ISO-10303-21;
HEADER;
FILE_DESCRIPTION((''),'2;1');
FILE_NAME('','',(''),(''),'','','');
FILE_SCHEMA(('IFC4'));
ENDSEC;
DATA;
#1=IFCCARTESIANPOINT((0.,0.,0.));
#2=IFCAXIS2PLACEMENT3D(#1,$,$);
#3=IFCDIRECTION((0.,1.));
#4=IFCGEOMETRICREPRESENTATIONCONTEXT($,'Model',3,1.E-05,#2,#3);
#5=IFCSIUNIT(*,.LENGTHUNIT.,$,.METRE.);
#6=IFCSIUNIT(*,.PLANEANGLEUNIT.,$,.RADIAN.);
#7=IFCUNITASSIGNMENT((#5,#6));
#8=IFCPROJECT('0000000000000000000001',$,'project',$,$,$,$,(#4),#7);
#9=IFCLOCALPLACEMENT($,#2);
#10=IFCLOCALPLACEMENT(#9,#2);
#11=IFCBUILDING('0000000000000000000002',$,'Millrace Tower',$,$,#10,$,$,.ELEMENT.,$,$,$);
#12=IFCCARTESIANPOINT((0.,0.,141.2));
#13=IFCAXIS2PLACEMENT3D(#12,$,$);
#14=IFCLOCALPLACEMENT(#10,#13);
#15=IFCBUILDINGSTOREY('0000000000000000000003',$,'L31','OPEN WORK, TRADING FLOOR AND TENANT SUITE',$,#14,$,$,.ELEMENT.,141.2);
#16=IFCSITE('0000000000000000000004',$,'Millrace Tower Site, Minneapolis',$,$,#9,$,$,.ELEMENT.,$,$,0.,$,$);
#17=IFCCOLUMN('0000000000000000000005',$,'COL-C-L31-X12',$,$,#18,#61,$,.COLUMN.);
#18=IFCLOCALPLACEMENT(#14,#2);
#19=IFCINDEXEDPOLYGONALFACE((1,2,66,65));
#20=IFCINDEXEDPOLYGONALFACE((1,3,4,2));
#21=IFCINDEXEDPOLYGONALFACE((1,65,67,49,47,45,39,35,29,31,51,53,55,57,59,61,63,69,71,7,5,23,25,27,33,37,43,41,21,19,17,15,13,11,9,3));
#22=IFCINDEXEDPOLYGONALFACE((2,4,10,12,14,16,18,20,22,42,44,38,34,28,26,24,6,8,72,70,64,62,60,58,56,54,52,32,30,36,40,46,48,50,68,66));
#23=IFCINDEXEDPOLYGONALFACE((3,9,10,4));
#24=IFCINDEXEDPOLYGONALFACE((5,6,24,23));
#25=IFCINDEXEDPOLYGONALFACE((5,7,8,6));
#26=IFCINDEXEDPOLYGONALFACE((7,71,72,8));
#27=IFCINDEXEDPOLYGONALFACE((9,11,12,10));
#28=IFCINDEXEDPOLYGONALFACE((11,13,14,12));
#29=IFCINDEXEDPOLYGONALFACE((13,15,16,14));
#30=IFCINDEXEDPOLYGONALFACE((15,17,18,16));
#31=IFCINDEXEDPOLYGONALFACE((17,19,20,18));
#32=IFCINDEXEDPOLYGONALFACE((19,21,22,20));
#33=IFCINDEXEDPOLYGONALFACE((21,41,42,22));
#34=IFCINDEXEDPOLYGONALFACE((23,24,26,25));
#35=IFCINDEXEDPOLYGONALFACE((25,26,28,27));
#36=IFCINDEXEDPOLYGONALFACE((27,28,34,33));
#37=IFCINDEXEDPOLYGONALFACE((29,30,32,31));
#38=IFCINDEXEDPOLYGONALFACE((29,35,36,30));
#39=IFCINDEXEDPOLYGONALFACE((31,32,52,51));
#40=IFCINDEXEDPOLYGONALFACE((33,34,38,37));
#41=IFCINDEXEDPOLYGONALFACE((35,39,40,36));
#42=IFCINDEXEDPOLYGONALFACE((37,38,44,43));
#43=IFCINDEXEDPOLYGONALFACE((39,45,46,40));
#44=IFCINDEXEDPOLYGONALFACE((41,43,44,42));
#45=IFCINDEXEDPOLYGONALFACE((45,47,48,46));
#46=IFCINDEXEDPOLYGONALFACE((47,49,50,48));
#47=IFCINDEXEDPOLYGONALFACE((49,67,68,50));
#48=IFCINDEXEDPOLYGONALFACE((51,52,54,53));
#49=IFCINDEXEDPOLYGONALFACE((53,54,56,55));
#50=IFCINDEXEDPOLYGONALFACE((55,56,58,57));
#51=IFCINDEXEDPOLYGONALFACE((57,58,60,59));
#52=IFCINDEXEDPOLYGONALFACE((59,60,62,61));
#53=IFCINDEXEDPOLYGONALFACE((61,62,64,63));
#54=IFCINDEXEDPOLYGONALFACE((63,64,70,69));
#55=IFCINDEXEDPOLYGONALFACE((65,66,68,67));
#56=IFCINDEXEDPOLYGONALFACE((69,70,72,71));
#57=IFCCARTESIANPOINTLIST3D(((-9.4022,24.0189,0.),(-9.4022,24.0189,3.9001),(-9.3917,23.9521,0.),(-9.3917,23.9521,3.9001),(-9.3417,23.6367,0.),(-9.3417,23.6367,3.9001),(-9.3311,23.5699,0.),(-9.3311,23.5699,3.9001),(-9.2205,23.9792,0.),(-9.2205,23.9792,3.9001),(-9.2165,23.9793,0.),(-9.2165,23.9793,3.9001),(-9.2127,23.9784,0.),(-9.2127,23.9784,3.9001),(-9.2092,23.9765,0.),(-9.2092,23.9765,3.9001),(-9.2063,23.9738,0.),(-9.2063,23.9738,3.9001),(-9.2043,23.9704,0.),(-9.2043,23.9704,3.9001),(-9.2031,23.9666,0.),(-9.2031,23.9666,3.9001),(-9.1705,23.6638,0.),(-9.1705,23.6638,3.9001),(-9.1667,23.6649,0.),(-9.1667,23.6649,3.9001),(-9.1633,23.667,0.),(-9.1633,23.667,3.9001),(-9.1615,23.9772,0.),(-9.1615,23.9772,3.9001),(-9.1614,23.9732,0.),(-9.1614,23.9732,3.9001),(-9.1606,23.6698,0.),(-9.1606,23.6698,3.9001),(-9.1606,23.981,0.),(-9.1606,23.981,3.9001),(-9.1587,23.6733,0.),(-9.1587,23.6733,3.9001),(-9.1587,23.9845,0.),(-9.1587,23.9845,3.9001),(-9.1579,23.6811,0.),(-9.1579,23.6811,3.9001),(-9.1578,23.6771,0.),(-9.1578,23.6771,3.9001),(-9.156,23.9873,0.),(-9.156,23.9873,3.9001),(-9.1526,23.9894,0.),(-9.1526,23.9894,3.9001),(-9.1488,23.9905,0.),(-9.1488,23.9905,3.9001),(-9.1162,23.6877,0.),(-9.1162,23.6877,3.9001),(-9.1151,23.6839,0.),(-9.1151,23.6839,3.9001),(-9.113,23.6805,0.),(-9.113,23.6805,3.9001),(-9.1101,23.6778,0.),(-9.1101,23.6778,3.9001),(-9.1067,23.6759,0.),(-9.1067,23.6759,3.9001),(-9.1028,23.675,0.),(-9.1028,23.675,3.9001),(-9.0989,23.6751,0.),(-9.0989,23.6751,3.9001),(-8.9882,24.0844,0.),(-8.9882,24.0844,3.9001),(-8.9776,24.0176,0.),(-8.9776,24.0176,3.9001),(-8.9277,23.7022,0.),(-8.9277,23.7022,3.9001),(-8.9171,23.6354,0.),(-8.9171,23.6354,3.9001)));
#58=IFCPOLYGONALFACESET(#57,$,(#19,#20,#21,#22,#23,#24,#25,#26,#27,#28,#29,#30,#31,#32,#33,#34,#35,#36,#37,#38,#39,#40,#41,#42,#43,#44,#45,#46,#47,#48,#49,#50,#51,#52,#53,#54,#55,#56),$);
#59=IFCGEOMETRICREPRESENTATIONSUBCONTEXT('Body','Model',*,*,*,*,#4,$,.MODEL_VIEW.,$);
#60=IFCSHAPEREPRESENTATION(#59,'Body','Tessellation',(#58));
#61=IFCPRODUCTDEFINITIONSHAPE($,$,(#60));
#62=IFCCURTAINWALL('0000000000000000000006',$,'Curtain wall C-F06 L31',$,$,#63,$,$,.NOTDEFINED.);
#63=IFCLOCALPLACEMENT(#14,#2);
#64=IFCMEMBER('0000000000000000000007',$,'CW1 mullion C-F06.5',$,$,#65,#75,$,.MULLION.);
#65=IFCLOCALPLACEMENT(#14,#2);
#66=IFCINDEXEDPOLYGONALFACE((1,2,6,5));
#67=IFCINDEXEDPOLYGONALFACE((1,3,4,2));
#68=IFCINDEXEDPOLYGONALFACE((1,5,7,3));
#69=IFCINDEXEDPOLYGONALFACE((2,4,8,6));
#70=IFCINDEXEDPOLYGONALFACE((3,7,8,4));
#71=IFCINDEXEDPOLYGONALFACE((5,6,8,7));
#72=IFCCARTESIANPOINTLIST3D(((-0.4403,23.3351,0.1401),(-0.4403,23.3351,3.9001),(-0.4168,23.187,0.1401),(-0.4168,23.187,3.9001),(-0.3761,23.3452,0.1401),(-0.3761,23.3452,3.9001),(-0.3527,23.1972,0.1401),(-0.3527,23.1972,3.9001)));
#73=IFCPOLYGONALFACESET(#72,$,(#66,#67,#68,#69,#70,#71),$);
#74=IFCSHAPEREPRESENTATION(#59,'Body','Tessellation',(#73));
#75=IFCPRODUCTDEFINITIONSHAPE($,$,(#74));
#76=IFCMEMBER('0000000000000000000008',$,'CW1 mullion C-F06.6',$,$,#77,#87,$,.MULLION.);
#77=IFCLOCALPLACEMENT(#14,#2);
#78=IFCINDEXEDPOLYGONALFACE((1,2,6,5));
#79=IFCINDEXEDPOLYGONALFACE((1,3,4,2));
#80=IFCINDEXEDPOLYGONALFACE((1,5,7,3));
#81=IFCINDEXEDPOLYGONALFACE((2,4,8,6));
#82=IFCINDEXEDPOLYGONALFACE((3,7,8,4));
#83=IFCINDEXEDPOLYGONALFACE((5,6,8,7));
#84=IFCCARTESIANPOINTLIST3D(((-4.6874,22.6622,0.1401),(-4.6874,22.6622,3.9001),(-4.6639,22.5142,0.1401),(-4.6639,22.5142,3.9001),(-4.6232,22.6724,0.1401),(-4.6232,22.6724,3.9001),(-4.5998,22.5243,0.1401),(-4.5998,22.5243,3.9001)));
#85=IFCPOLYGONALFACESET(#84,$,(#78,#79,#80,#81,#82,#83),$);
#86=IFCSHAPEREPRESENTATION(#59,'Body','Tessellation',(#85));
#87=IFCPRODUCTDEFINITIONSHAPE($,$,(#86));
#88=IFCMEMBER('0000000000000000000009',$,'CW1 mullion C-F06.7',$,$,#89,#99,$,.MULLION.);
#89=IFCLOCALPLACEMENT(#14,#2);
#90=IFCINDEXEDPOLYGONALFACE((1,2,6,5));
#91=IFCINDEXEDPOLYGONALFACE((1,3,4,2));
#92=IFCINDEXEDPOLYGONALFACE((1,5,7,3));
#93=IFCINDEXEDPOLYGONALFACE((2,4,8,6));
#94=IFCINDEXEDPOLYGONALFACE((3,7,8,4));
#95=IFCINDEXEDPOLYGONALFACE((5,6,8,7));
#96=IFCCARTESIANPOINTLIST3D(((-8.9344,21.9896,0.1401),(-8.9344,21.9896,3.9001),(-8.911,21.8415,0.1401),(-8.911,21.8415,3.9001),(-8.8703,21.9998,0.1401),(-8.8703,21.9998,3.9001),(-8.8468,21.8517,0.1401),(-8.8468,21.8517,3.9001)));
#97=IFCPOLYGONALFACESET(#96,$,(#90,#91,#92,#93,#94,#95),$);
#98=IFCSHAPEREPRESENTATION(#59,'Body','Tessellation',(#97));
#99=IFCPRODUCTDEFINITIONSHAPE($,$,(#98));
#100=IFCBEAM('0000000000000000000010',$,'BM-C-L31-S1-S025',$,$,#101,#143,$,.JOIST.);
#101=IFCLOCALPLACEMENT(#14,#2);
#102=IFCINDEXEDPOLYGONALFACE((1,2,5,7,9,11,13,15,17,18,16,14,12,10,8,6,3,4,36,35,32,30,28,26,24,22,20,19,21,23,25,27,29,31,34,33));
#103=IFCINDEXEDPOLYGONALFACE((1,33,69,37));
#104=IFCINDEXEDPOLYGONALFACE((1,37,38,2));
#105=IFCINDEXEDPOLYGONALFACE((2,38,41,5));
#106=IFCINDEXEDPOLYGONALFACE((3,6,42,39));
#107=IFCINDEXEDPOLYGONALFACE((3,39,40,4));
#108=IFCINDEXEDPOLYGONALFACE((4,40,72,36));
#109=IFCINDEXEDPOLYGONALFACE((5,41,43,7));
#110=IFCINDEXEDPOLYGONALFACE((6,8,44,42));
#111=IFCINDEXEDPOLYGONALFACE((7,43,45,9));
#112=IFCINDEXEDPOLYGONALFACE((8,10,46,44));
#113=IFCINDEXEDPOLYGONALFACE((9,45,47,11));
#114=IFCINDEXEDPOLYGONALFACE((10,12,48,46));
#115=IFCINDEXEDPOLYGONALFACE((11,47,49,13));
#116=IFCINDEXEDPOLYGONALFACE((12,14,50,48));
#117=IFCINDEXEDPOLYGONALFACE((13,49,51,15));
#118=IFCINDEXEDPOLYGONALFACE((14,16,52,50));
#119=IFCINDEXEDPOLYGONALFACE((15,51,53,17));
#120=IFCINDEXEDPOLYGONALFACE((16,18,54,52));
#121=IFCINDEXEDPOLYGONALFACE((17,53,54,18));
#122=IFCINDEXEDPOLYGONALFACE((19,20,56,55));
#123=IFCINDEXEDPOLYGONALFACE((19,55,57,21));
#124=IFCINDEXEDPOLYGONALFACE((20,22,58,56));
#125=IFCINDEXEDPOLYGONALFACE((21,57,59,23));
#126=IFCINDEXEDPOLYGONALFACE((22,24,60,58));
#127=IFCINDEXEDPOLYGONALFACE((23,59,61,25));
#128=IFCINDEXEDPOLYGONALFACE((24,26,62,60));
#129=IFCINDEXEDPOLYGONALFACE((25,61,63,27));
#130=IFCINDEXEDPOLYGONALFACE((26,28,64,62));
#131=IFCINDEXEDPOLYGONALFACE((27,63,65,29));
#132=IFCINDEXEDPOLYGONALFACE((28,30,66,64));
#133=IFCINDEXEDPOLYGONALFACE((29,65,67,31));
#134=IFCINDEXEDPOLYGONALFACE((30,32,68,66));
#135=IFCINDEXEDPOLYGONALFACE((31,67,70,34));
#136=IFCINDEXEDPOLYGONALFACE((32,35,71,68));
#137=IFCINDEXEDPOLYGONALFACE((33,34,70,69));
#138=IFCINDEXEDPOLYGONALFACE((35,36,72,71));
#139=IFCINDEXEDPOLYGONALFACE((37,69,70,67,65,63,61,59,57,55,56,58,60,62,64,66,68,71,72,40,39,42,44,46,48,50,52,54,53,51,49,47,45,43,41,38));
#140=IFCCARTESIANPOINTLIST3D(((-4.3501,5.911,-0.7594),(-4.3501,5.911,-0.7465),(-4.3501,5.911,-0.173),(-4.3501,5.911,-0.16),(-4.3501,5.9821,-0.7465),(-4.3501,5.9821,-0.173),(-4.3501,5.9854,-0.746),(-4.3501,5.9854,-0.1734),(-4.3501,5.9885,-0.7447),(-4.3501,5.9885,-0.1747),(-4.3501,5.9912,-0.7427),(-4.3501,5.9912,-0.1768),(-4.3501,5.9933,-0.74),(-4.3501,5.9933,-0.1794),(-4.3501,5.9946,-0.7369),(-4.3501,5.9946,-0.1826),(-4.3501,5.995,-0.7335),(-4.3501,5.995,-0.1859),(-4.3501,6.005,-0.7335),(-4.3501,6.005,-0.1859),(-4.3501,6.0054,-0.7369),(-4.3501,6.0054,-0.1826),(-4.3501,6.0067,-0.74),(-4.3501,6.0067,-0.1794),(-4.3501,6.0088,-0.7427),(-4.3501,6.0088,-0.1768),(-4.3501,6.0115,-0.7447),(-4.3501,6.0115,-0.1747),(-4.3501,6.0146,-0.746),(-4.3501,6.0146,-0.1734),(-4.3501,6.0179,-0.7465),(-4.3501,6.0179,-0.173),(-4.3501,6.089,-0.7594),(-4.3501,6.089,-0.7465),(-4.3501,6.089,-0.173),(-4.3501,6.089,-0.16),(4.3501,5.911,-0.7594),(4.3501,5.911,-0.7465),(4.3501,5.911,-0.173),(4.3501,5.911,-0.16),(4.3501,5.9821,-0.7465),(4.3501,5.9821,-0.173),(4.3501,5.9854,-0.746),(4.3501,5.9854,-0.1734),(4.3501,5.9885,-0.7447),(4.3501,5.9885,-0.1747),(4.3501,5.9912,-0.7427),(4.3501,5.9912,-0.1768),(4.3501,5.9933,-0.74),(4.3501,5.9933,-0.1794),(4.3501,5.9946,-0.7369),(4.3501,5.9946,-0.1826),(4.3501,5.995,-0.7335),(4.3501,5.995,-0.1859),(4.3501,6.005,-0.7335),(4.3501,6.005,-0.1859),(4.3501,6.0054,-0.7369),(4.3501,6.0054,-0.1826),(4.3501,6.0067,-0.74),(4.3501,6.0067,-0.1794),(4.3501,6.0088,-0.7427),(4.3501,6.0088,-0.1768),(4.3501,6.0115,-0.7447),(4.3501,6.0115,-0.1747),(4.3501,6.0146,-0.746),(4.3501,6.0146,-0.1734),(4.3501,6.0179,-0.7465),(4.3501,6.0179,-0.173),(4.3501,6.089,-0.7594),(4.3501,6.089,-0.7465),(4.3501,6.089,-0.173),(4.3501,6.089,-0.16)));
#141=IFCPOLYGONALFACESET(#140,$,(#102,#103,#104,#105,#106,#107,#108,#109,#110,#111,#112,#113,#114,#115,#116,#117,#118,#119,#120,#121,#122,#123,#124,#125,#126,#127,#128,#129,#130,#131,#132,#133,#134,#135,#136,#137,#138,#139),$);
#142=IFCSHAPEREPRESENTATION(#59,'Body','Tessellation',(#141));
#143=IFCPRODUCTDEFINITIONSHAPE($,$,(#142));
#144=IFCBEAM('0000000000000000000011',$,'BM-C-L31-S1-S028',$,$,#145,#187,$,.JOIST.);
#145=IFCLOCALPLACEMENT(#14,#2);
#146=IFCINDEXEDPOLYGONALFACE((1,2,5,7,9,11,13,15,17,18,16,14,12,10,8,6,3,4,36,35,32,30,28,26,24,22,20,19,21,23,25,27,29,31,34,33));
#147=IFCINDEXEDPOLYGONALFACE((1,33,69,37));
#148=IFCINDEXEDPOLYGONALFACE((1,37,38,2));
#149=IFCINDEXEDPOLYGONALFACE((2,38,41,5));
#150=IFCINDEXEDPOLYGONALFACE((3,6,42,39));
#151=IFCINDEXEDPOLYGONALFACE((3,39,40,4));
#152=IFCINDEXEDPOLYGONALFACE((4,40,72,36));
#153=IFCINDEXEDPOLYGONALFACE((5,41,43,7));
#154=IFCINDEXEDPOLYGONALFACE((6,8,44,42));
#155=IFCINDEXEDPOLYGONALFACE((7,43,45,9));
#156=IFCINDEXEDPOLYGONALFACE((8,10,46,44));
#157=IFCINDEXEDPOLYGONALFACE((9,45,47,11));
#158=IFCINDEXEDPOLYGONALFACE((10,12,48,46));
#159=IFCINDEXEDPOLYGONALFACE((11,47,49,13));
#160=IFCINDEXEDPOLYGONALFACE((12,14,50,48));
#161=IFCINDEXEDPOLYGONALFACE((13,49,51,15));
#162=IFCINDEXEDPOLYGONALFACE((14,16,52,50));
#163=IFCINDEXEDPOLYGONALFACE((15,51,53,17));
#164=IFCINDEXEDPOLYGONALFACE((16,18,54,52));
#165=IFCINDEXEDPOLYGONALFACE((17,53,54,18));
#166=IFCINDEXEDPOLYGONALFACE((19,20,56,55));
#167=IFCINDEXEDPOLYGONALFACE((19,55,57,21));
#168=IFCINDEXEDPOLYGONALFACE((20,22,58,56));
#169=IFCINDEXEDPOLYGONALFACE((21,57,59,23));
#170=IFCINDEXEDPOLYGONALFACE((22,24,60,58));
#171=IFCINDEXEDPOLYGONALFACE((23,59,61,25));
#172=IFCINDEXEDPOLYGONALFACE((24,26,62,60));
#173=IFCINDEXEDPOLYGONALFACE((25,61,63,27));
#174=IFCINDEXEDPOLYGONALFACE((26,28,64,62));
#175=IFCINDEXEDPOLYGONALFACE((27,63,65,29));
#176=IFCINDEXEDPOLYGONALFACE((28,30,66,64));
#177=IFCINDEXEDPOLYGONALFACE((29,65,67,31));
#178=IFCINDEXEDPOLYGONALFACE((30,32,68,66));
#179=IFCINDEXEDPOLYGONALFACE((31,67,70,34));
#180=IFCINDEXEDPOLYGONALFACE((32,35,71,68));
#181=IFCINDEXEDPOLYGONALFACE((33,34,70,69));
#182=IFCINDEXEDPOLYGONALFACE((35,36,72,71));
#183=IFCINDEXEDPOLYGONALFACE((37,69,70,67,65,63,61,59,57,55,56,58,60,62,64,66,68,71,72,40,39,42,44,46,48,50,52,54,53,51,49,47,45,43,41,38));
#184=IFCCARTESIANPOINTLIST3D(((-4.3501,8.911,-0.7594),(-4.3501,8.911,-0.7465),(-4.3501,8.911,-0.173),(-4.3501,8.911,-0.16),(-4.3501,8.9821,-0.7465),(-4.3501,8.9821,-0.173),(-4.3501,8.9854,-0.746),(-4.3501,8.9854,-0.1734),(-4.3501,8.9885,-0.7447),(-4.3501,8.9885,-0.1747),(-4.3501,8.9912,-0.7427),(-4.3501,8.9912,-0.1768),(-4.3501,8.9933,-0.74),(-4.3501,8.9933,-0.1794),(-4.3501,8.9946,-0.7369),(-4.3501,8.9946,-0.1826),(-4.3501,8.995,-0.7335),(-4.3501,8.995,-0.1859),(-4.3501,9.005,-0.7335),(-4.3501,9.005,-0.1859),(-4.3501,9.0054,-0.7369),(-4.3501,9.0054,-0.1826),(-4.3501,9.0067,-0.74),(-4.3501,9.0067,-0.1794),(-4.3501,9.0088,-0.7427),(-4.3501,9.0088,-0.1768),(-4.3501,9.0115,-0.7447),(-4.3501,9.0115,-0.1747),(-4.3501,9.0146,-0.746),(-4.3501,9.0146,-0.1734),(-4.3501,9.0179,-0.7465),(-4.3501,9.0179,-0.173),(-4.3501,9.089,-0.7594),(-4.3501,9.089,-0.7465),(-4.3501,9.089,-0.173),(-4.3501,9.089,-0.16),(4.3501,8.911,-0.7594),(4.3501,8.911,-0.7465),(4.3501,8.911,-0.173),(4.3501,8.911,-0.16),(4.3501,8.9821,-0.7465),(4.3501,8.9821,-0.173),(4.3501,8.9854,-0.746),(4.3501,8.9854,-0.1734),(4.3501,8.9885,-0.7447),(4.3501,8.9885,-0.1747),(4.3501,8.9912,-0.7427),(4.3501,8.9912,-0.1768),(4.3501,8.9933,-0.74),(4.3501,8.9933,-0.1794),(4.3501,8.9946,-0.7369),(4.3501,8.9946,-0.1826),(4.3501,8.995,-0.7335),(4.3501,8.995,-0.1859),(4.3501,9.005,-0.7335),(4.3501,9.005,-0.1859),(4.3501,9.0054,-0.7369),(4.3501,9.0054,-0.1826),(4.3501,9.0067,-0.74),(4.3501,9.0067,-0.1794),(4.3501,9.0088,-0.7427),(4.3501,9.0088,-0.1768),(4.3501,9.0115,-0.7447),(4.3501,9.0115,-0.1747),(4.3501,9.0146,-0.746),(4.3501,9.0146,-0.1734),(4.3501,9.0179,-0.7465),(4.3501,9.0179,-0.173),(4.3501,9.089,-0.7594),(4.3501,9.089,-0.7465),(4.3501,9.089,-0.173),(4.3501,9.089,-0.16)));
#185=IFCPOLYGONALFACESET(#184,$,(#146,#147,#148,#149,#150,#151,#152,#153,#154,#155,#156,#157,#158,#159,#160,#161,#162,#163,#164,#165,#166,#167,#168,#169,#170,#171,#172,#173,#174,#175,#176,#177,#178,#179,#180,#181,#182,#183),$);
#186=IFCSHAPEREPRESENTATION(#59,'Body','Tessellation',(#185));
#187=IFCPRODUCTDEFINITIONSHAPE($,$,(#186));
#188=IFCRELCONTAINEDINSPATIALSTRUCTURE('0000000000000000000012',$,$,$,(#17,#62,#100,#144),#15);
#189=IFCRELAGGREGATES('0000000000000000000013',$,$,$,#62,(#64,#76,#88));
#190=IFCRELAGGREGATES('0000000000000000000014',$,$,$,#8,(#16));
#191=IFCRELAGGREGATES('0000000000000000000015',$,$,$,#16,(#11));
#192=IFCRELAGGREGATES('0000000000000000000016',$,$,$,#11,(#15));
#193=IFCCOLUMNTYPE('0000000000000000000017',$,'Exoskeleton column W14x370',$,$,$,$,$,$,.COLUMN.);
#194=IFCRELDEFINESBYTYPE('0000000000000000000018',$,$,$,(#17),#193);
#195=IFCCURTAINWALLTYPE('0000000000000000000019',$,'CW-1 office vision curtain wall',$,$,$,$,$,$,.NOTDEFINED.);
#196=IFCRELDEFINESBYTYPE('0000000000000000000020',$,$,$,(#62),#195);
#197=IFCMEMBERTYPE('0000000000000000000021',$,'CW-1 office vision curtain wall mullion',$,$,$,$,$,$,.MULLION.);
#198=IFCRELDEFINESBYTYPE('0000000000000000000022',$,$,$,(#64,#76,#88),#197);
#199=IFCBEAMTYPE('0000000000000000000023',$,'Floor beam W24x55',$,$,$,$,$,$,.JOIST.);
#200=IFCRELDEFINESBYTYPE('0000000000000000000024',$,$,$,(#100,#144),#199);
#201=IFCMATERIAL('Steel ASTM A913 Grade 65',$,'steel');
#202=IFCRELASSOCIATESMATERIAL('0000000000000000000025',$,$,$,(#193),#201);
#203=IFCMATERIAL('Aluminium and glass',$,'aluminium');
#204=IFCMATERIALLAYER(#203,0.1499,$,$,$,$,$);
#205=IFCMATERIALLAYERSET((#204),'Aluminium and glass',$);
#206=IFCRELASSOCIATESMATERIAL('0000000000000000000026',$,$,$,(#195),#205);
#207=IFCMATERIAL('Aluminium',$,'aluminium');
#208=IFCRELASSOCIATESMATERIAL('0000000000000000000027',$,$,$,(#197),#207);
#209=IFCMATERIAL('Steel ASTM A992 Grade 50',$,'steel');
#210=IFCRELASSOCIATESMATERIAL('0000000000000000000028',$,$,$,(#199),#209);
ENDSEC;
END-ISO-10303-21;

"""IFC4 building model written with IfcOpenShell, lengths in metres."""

from ifc_helpers import new_model, si_unit, direction, frame, origin, origin_2d, place, context, subcontext, project, spatial, rectangle, i_section, extrude, material, layer, layer_set, material_profile, profile_set, type_object, element, aggregate, save


model = new_model("IFC4")

# Units and contexts
model_context = context("Model", 3, precision=1e-05, world=origin(), true_north=direction((0.0, 1.0)))
body_context = subcontext(model_context, "Body", "Model", "MODEL_VIEW")
ifc_project = project(units=[si_unit("LENGTHUNIT", "METRE"), si_unit("PLANEANGLEUNIT", "RADIAN")], contexts=[model_context])

# Site, building, storey
site_placement = place(None, origin())
site = spatial("IfcSite", under=ifc_project, at=site_placement, Name="Millrace Tower Site, Minneapolis", CompositionType="ELEMENT", RefElevation=0.0)
building_placement = place(site_placement, origin())
building = spatial("IfcBuilding", under=site, at=building_placement, Name="Millrace Tower", CompositionType="ELEMENT")
storey_placement = place(building_placement, frame((0.0, 0.0, 141.2)))
storey = spatial("IfcBuildingStorey", under=building, at=storey_placement, Name="L31", Description="OPEN WORK, TRADING FLOOR AND TENANT SUITE", CompositionType="ELEMENT", Elevation=141.2)

# Column
ifc_material_1 = material(Name="Steel ASTM A913 Grade 65", Category="steel")
ifc_material_profile_1 = material_profile(ifc_material_1, i_section(OverallWidth=0.4192, OverallDepth=0.4546, WebThickness=0.0422, FlangeThickness=0.0676, FilletRadius=0.0151, at=origin_2d()))
ifc_profile_set_1 = profile_set([ifc_material_profile_1], Name="Steel ASTM A913 Grade 65")
column_type = type_object("IfcColumnType", Name="Exoskeleton column W14x370", PredefinedType="COLUMN", material=ifc_profile_set_1)
column_placement = place(storey_placement, frame((-9.1597, 23.8271, 0.0), z_axis=(0.0, 0.0, 1.0), x_axis=(-0.987688, -0.156434, 0.0)))
element("IfcColumn", 1, at=column_placement, inside=storey, type_object=column_type, Name="COL-C-L31-X12", PredefinedType="COLUMN", context=body_context, shape_type="SweptSolid", body=[
    extrude(i_section(OverallWidth=0.4192, OverallDepth=0.4546, WebThickness=0.0422, FlangeThickness=0.0676, FilletRadius=0.0151, at=origin_2d()), origin(), (0.0, 0.0, 1.0), 3.9001),
])

# Curtain wall, members
ifc_material_2 = material(Name="Aluminium and glass", Category="aluminium")
ifc_layer_1 = layer(ifc_material_2, 0.1499)
ifc_layer_set_1 = layer_set([ifc_layer_1], Name="Aluminium and glass")
curtain_wall_type = type_object("IfcCurtainWallType", Name="CW-1 office vision curtain wall", PredefinedType="NOTDEFINED", material=ifc_layer_set_1)
placement = place(storey_placement, origin())
curtain_wall = element("IfcCurtainWall", 2, at=placement, inside=storey, type_object=curtain_wall_type, Name="Curtain wall C-F06 L31", PredefinedType="NOTDEFINED")
ifc_material_3 = material(Name="Aluminium", Category="aluminium")
ifc_material_profile_2 = material_profile(ifc_material_3, rectangle(XDim=0.0649, YDim=0.1499, at=origin_2d()))
ifc_profile_set_2 = profile_set([ifc_material_profile_2], Name="Aluminium")
member_type = type_object("IfcMemberType", Name="CW-1 office vision curtain wall mullion", PredefinedType="MULLION", material=ifc_profile_set_2)
member_1_placement = place(storey_placement, frame((-0.3965, 23.2661, 0.1401), z_axis=(0.0, 0.0, 1.0), x_axis=(-0.987688, -0.156434, 0.0)))
member_1 = element("IfcMember", 3, at=member_1_placement, type_object=member_type, Name="CW1 mullion C-F06.5", PredefinedType="MULLION", context=body_context, shape_type="SweptSolid", body=[
    extrude(rectangle(XDim=0.0649, YDim=0.1499, at=origin_2d()), origin(), (0.0, 0.0, 1.0), 3.76),
])
member_2_placement = place(storey_placement, frame((-4.6436, 22.5933, 0.1401), z_axis=(0.0, 0.0, 1.0), x_axis=(-0.987688, -0.156434, 0.0)))
member_2 = element("IfcMember", 4, at=member_2_placement, type_object=member_type, Name="CW1 mullion C-F06.6", PredefinedType="MULLION", context=body_context, shape_type="SweptSolid", body=[
    extrude(rectangle(XDim=0.0649, YDim=0.1499, at=origin_2d()), origin(), (0.0, 0.0, 1.0), 3.76),
])
member_3_placement = place(storey_placement, frame((-8.8906, 21.9207, 0.1401), z_axis=(0.0, 0.0, 1.0), x_axis=(-0.987688, -0.156434, 0.0)))
member_3 = element("IfcMember", 5, at=member_3_placement, type_object=member_type, Name="CW1 mullion C-F06.7", PredefinedType="MULLION", context=body_context, shape_type="SweptSolid", body=[
    extrude(rectangle(XDim=0.0649, YDim=0.1499, at=origin_2d()), origin(), (0.0, 0.0, 1.0), 3.76),
])
aggregate(curtain_wall, [member_1, member_2, member_3])

# Beams
ifc_material_4 = material(Name="Steel ASTM A992 Grade 50", Category="steel")
ifc_material_profile_3 = material_profile(ifc_material_4, i_section(OverallWidth=0.178, OverallDepth=0.5994, WebThickness=0.01, FlangeThickness=0.0129, FilletRadius=0.0129, at=origin_2d()))
ifc_profile_set_3 = profile_set([ifc_material_profile_3], Name="Steel ASTM A992 Grade 50")
beam_type_1 = type_object("IfcBeamType", Name="Floor beam W24x55", PredefinedType="JOIST", material=ifc_profile_set_3)
for number, where, z_axis, x_axis, name in (
    (6, (-4.3501, 6.0, -0.4597), (1.0, 0.0, 0.0), (0.0, 1.0, 0.0), "BM-C-L31-S1-S025"),
    (7, (-4.3501, 9.0, -0.4597), (1.0, 0.0, 0.0), (0.0, 1.0, 0.0), "BM-C-L31-S1-S028"),
):
    element("IfcBeam", number, at=place(storey_placement, frame(where, z_axis=z_axis, x_axis=x_axis)), inside=storey, type_object=beam_type_1, Name=name, PredefinedType="JOIST", context=body_context, shape_type="SweptSolid", body=[
        extrude(i_section(OverallWidth=0.178, OverallDepth=0.5994, WebThickness=0.01, FlangeThickness=0.0129, FilletRadius=0.0129, at=origin_2d()), origin(), (0.0, 0.0, 1.0), 8.7002),
    ])

save(model, "model.ifc")
